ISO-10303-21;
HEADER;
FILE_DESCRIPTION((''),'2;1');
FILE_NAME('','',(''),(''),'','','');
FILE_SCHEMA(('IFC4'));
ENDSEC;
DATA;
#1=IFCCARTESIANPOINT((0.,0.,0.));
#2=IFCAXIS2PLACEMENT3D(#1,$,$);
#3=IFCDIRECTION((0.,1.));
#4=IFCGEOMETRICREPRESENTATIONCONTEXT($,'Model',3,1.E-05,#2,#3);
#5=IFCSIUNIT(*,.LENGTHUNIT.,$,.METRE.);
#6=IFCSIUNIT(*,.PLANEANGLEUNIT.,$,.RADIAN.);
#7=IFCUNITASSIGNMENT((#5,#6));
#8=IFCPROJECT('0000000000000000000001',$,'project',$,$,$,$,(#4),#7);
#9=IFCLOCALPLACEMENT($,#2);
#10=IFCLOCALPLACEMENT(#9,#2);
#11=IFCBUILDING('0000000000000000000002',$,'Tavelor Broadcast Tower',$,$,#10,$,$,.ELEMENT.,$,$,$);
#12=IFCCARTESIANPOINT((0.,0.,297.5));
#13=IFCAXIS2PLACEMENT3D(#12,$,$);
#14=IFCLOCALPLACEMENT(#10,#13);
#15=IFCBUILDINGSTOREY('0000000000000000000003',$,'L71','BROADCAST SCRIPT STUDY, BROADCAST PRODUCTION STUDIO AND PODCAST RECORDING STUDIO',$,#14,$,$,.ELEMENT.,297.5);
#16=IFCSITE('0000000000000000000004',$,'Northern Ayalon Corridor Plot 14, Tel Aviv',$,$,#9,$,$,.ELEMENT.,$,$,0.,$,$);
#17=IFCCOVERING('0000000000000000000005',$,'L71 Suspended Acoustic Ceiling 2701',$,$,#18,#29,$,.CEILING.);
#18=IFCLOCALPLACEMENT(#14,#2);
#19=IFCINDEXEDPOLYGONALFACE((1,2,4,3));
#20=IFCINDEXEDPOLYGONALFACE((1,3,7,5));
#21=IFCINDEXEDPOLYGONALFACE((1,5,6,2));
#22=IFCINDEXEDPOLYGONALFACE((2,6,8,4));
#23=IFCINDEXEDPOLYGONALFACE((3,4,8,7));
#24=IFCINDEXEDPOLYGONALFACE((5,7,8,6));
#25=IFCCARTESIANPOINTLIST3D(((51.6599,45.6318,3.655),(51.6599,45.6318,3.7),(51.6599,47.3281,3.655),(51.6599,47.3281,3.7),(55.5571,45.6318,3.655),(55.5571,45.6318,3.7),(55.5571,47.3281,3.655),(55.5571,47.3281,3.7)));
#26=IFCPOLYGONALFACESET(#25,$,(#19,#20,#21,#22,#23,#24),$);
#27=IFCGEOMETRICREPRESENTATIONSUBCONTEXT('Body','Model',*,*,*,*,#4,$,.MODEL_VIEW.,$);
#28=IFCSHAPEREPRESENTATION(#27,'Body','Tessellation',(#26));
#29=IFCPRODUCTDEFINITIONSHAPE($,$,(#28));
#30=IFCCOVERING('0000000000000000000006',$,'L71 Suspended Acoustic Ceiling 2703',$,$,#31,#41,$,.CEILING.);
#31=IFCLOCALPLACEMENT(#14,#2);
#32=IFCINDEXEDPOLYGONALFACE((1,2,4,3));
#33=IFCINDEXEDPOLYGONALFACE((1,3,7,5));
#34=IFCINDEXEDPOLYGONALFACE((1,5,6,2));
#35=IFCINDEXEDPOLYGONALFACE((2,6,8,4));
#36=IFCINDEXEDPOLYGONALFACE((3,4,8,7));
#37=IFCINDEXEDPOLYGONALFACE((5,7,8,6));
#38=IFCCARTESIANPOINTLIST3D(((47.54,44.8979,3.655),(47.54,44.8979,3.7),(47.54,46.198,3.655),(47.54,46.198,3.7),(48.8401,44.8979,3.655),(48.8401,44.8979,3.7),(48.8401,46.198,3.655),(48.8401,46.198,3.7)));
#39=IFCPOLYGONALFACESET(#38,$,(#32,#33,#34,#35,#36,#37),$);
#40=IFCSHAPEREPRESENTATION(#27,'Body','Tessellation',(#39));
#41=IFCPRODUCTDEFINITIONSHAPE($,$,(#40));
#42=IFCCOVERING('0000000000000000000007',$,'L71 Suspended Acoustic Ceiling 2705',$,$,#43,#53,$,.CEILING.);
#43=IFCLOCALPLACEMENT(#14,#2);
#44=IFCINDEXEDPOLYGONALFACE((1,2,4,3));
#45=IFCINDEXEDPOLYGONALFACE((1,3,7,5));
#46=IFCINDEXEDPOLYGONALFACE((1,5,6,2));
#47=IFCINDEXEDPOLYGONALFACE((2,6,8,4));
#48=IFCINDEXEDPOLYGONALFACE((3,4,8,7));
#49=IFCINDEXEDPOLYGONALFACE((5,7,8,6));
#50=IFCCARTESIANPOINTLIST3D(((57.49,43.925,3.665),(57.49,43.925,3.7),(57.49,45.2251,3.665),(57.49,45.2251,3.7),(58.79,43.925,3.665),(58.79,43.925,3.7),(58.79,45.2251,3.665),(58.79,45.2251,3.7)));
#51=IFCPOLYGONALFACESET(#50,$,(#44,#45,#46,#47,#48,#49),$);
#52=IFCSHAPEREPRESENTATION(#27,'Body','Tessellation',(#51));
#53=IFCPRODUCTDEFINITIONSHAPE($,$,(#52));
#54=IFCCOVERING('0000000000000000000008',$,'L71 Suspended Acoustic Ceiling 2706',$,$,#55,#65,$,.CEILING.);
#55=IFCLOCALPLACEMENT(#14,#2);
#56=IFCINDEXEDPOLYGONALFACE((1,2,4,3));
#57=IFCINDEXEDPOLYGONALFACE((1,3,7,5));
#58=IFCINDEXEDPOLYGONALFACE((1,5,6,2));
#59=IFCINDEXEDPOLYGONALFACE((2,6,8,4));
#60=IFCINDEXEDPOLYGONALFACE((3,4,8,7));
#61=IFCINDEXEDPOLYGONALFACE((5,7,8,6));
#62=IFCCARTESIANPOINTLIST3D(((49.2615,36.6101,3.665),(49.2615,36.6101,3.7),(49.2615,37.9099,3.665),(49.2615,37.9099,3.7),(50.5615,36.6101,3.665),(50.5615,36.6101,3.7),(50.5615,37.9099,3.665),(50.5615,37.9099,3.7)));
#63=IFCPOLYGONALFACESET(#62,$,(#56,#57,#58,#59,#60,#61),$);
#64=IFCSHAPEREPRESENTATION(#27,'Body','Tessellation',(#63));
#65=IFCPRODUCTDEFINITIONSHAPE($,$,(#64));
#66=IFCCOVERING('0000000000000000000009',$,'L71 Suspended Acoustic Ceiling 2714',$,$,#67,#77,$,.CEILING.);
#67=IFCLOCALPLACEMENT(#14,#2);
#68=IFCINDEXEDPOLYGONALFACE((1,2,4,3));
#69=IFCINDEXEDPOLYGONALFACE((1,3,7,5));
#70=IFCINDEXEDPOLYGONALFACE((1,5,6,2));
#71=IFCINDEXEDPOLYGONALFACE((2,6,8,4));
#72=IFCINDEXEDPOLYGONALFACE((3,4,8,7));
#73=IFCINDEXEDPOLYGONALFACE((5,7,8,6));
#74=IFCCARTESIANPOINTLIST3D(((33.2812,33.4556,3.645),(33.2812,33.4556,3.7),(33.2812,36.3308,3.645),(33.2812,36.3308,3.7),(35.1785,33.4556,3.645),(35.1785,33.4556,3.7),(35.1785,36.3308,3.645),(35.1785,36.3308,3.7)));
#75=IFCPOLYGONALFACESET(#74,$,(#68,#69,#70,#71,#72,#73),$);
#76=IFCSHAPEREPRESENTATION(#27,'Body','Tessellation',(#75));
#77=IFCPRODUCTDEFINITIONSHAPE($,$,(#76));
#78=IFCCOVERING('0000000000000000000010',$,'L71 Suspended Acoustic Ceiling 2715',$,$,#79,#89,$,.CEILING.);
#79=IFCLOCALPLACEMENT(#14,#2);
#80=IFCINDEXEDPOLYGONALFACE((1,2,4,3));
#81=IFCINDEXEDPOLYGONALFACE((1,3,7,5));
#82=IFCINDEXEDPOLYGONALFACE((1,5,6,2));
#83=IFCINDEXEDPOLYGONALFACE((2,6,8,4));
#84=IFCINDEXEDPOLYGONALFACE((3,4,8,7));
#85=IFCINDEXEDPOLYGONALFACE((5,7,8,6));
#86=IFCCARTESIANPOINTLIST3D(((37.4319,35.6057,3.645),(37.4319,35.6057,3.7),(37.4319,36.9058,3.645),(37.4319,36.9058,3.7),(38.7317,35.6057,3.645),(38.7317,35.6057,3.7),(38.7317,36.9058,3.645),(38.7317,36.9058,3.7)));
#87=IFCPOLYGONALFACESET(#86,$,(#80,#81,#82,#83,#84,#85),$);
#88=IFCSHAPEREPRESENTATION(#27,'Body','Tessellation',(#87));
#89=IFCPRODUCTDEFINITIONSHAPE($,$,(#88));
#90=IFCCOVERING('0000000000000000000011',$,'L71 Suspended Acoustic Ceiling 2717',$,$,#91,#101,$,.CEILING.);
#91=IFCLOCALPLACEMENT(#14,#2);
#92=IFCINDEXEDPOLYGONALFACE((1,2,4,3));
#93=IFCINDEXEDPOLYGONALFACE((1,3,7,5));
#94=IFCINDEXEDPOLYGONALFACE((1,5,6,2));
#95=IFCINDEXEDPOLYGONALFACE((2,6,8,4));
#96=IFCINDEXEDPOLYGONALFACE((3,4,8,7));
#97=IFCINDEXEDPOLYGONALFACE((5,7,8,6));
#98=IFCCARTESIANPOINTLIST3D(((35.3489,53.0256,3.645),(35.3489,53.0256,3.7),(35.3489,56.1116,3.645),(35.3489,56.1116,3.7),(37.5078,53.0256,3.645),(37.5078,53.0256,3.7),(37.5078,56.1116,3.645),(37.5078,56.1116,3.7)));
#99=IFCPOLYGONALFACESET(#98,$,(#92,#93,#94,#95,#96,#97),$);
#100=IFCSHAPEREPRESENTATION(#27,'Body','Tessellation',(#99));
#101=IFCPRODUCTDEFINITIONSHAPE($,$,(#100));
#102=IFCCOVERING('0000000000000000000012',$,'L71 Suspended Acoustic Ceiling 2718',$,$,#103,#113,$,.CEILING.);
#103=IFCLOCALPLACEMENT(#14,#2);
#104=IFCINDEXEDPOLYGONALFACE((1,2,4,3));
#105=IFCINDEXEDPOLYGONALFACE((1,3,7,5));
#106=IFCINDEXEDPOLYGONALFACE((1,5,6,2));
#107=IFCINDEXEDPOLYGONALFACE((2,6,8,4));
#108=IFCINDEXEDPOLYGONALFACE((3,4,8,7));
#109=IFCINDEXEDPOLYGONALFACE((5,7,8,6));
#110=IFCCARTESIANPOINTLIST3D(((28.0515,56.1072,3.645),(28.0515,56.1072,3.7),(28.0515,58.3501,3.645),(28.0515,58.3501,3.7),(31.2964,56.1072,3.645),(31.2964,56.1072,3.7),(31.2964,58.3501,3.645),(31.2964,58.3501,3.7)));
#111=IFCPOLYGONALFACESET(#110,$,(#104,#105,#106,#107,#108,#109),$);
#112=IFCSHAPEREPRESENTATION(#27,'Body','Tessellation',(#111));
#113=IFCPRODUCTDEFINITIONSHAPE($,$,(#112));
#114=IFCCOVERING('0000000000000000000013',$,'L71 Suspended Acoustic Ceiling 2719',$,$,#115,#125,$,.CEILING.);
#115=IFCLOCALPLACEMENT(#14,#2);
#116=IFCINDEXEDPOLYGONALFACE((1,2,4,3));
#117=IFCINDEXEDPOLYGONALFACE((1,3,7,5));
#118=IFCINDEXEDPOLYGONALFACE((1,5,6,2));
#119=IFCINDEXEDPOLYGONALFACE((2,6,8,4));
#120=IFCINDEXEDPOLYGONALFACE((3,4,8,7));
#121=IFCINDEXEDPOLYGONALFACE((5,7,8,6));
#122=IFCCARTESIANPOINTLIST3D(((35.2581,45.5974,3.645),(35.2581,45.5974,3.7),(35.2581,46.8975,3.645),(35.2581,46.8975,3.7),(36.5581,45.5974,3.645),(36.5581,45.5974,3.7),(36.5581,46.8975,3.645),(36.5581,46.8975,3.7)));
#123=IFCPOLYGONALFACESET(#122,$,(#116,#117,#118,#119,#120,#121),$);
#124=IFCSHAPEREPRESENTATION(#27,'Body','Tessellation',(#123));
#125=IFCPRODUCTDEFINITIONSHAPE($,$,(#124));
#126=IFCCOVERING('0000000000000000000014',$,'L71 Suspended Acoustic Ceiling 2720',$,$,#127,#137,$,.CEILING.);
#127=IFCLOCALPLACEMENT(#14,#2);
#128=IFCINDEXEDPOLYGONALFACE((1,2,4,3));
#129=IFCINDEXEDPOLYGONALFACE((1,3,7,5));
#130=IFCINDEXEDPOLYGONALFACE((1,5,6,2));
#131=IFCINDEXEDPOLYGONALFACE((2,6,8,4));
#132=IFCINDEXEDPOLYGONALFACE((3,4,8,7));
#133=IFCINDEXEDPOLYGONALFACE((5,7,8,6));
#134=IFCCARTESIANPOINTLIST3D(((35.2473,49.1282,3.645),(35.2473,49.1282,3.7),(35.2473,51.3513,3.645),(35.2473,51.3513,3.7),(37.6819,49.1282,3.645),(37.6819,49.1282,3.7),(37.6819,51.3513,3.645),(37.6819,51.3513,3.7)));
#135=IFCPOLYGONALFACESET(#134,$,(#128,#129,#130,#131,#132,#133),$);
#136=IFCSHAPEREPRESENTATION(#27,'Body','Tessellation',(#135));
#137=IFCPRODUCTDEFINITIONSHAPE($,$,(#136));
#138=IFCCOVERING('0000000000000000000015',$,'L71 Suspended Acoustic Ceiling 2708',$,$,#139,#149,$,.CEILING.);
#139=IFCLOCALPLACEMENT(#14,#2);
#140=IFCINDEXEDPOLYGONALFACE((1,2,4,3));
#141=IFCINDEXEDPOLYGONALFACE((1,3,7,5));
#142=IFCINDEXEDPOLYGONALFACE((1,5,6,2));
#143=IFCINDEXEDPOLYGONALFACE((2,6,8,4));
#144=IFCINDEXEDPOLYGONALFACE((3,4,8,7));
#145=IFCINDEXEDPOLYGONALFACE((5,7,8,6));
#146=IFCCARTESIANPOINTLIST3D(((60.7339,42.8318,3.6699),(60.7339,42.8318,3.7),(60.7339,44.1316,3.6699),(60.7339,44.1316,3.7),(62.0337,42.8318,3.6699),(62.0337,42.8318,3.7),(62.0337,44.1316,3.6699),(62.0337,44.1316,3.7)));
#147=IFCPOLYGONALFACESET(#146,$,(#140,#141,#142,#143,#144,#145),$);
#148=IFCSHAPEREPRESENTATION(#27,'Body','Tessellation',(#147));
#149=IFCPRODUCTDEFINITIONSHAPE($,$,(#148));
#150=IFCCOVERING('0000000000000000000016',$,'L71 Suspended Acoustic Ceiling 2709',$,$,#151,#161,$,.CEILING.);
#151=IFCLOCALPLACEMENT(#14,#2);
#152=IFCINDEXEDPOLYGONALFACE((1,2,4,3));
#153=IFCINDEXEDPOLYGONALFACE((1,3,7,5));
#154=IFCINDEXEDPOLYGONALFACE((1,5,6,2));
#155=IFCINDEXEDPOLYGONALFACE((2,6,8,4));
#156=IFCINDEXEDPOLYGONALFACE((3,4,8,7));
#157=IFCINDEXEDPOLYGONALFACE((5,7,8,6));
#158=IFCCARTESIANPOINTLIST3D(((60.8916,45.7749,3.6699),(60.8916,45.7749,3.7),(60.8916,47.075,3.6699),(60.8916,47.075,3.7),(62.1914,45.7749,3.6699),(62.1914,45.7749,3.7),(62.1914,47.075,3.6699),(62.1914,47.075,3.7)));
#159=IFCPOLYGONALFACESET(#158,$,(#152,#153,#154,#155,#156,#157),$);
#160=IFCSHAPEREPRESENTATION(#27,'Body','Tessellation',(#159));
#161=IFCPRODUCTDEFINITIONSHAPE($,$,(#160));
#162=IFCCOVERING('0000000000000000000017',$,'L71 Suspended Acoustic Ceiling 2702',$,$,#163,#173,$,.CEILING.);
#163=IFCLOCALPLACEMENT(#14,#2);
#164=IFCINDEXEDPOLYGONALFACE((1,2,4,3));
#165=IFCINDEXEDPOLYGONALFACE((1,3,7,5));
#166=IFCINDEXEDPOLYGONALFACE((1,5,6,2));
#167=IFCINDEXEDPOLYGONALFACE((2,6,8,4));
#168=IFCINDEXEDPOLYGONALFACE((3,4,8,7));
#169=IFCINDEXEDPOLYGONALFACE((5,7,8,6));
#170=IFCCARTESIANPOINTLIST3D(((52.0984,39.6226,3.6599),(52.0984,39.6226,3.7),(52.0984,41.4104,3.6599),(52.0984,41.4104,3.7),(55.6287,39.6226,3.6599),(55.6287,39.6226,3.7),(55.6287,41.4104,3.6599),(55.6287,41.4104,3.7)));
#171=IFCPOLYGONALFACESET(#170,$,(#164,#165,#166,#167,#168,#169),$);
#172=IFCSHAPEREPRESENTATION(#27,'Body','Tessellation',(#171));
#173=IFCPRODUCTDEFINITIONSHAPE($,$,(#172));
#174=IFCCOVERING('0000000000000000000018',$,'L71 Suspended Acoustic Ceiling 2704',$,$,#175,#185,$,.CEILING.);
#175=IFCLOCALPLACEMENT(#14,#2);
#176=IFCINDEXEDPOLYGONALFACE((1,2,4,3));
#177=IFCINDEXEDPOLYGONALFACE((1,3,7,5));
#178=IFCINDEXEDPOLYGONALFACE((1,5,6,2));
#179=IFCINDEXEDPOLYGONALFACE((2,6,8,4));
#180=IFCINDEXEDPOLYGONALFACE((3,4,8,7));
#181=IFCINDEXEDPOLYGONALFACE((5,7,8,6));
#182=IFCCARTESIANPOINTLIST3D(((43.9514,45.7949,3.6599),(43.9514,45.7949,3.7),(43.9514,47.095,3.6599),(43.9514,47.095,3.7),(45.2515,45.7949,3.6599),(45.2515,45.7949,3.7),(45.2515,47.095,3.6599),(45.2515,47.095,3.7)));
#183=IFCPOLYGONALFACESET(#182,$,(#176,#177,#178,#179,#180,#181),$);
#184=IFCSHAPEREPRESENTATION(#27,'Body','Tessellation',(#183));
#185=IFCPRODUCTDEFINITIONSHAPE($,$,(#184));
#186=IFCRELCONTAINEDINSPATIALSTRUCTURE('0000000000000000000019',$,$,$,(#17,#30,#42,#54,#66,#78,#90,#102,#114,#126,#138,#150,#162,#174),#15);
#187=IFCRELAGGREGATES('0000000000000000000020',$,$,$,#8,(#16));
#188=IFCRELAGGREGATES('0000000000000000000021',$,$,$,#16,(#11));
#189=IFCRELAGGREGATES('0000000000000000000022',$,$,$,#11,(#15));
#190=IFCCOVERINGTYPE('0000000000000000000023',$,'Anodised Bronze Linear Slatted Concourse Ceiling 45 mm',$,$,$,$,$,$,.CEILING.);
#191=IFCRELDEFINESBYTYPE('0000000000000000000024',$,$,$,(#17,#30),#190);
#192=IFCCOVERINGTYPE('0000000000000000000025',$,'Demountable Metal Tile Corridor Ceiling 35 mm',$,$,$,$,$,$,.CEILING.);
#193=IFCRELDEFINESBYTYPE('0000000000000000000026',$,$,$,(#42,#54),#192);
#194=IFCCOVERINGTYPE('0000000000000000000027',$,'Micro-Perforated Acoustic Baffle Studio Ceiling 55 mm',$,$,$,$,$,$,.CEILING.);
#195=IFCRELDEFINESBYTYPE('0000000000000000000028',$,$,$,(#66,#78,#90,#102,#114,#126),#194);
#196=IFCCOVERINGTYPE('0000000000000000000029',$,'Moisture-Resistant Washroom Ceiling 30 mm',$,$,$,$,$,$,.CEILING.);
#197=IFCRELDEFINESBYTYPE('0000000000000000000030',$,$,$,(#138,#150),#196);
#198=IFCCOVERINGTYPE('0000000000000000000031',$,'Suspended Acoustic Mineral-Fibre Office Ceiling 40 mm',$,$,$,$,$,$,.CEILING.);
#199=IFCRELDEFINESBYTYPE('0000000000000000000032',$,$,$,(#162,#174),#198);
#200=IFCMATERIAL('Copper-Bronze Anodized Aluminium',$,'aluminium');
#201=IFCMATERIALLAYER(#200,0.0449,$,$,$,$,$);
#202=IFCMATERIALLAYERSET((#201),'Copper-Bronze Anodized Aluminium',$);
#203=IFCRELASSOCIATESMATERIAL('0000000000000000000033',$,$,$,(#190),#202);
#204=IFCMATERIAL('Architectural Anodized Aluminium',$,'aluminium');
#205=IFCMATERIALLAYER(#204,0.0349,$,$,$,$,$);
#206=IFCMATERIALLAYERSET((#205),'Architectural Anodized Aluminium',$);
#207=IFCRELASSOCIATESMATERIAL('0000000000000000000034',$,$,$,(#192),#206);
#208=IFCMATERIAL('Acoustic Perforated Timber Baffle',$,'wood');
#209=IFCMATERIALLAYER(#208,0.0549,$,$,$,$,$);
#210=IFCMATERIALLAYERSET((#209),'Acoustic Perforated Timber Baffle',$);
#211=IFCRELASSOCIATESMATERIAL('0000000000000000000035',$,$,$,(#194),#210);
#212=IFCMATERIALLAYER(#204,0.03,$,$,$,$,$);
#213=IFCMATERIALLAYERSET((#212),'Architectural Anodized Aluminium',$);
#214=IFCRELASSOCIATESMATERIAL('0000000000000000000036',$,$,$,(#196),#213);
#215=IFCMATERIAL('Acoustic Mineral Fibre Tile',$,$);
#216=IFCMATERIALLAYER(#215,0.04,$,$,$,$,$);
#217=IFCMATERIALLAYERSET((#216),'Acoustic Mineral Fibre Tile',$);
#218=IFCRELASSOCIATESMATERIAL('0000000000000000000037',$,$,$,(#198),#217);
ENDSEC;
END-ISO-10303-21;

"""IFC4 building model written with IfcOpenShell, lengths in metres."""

from ifc_helpers import new_model, si_unit, direction, frame, origin, place, context, subcontext, project, spatial, polyline, outline, extrude, material, layer, layer_set, type_object, element, save


model = new_model("IFC4")

# Units and contexts
model_context = context("Model", 3, precision=1e-05, world=origin(), true_north=direction((0.0, 1.0)))
body_context = subcontext(model_context, "Body", "Model", "MODEL_VIEW")
ifc_project = project(units=[si_unit("LENGTHUNIT", "METRE"), si_unit("PLANEANGLEUNIT", "RADIAN")], contexts=[model_context])

# Site, building, storey
site_placement = place(None, origin())
site = spatial("IfcSite", under=ifc_project, at=site_placement, Name="Northern Ayalon Corridor Plot 14, Tel Aviv", CompositionType="ELEMENT", RefElevation=0.0)
building_placement = place(site_placement, origin())
building = spatial("IfcBuilding", under=site, at=building_placement, Name="Tavelor Broadcast Tower", CompositionType="ELEMENT")
storey_placement = place(building_placement, frame((0.0, 0.0, 297.5)))
storey = spatial("IfcBuildingStorey", under=building, at=storey_placement, Name="L71", Description="BROADCAST SCRIPT STUDY, BROADCAST PRODUCTION STUDIO AND PODCAST RECORDING STUDIO", CompositionType="ELEMENT", Elevation=297.5)

# Coverings
ifc_material_1 = material(Name="Copper-Bronze Anodized Aluminium", Category="aluminium")
ifc_layer_1 = layer(ifc_material_1, 0.0449)
ifc_layer_set_1 = layer_set([ifc_layer_1], Name="Copper-Bronze Anodized Aluminium")
covering_type_1 = type_object("IfcCoveringType", Name="Anodised Bronze Linear Slatted Concourse Ceiling 45 mm", PredefinedType="CEILING", material=ifc_layer_set_1)
covering_1_placement = place(storey_placement, frame((0.0, 0.0, 3.655)))
element("IfcCovering", 1, at=covering_1_placement, inside=storey, type_object=covering_type_1, Name="L71 Suspended Acoustic Ceiling 2701", PredefinedType="CEILING", context=body_context, shape_type="SweptSolid", body=[
    extrude(outline(polyline([(51.6599, 45.6318), (55.5571, 45.6318), (55.5571, 47.3281), (51.6599, 47.3281), (51.6599, 45.6318)])), origin(), (0.0, 0.0, 1.0), 0.0449),
])
covering_2_placement = place(storey_placement, frame((0.0, 0.0, 3.655)))
element("IfcCovering", 2, at=covering_2_placement, inside=storey, type_object=covering_type_1, Name="L71 Suspended Acoustic Ceiling 2703", PredefinedType="CEILING", context=body_context, shape_type="SweptSolid", body=[
    extrude(outline(polyline([(47.54, 44.8979), (48.8401, 44.8979), (48.8401, 46.198), (47.54, 46.198), (47.54, 44.8979)])), origin(), (0.0, 0.0, 1.0), 0.0449),
])
ifc_material_2 = material(Name="Architectural Anodized Aluminium", Category="aluminium")
ifc_layer_2 = layer(ifc_material_2, 0.0349)
ifc_layer_set_2 = layer_set([ifc_layer_2], Name="Architectural Anodized Aluminium")
covering_type_2 = type_object("IfcCoveringType", Name="Demountable Metal Tile Corridor Ceiling 35 mm", PredefinedType="CEILING", material=ifc_layer_set_2)
covering_3_placement = place(storey_placement, frame((0.0, 0.0, 3.665)))
element("IfcCovering", 3, at=covering_3_placement, inside=storey, type_object=covering_type_2, Name="L71 Suspended Acoustic Ceiling 2705", PredefinedType="CEILING", context=body_context, shape_type="SweptSolid", body=[
    extrude(outline(polyline([(57.49, 43.925), (58.79, 43.925), (58.79, 45.2251), (57.49, 45.2251), (57.49, 43.925)])), origin(), (0.0, 0.0, 1.0), 0.0349),
])
covering_4_placement = place(storey_placement, frame((0.0, 0.0, 3.665)))
element("IfcCovering", 4, at=covering_4_placement, inside=storey, type_object=covering_type_2, Name="L71 Suspended Acoustic Ceiling 2706", PredefinedType="CEILING", context=body_context, shape_type="SweptSolid", body=[
    extrude(outline(polyline([(49.2615, 36.6101), (50.5615, 36.6101), (50.5615, 37.9099), (49.2615, 37.9099), (49.2615, 36.6101)])), origin(), (0.0, 0.0, 1.0), 0.0349),
])
ifc_material_3 = material(Name="Acoustic Perforated Timber Baffle", Category="wood")
ifc_layer_3 = layer(ifc_material_3, 0.0549)
ifc_layer_set_3 = layer_set([ifc_layer_3], Name="Acoustic Perforated Timber Baffle")
covering_type_3 = type_object("IfcCoveringType", Name="Micro-Perforated Acoustic Baffle Studio Ceiling 55 mm", PredefinedType="CEILING", material=ifc_layer_set_3)
covering_5_placement = place(storey_placement, frame((0.0, 0.0, 3.645)))
element("IfcCovering", 5, at=covering_5_placement, inside=storey, type_object=covering_type_3, Name="L71 Suspended Acoustic Ceiling 2714", PredefinedType="CEILING", context=body_context, shape_type="SweptSolid", body=[
    extrude(outline(polyline([(33.2812, 33.4556), (35.1785, 33.4556), (35.1785, 36.3308), (33.2812, 36.3308), (33.2812, 33.4556)])), origin(), (0.0, 0.0, 1.0), 0.0549),
])
covering_6_placement = place(storey_placement, frame((0.0, 0.0, 3.645)))
element("IfcCovering", 6, at=covering_6_placement, inside=storey, type_object=covering_type_3, Name="L71 Suspended Acoustic Ceiling 2715", PredefinedType="CEILING", context=body_context, shape_type="SweptSolid", body=[
    extrude(outline(polyline([(37.4319, 35.6057), (38.7317, 35.6057), (38.7317, 36.9058), (37.4319, 36.9058), (37.4319, 35.6057)])), origin(), (0.0, 0.0, 1.0), 0.0549),
])
covering_7_placement = place(storey_placement, frame((0.0, 0.0, 3.645)))
element("IfcCovering", 7, at=covering_7_placement, inside=storey, type_object=covering_type_3, Name="L71 Suspended Acoustic Ceiling 2717", PredefinedType="CEILING", context=body_context, shape_type="SweptSolid", body=[
    extrude(outline(polyline([(35.3489, 53.0256), (37.5078, 53.0256), (37.5078, 56.1116), (35.3489, 56.1116), (35.3489, 53.0256)])), origin(), (0.0, 0.0, 1.0), 0.0549),
])
covering_8_placement = place(storey_placement, frame((0.0, 0.0, 3.645)))
element("IfcCovering", 8, at=covering_8_placement, inside=storey, type_object=covering_type_3, Name="L71 Suspended Acoustic Ceiling 2718", PredefinedType="CEILING", context=body_context, shape_type="SweptSolid", body=[
    extrude(outline(polyline([(28.0515, 56.1072), (31.2964, 56.1072), (31.2964, 58.3501), (28.0515, 58.3501), (28.0515, 56.1072)])), origin(), (0.0, 0.0, 1.0), 0.0549),
])
covering_9_placement = place(storey_placement, frame((0.0, 0.0, 3.645)))
element("IfcCovering", 9, at=covering_9_placement, inside=storey, type_object=covering_type_3, Name="L71 Suspended Acoustic Ceiling 2719", PredefinedType="CEILING", context=body_context, shape_type="SweptSolid", body=[
    extrude(outline(polyline([(35.2581, 45.5974), (36.5581, 45.5974), (36.5581, 46.8975), (35.2581, 46.8975), (35.2581, 45.5974)])), origin(), (0.0, 0.0, 1.0), 0.0549),
])
covering_10_placement = place(storey_placement, frame((0.0, 0.0, 3.645)))
element("IfcCovering", 10, at=covering_10_placement, inside=storey, type_object=covering_type_3, Name="L71 Suspended Acoustic Ceiling 2720", PredefinedType="CEILING", context=body_context, shape_type="SweptSolid", body=[
    extrude(outline(polyline([(35.2473, 49.1282), (37.6819, 49.1282), (37.6819, 51.3513), (35.2473, 51.3513), (35.2473, 49.1282)])), origin(), (0.0, 0.0, 1.0), 0.0549),
])
ifc_layer_4 = layer(ifc_material_2, 0.03)
ifc_layer_set_4 = layer_set([ifc_layer_4], Name="Architectural Anodized Aluminium")
covering_type_4 = type_object("IfcCoveringType", Name="Moisture-Resistant Washroom Ceiling 30 mm", PredefinedType="CEILING", material=ifc_layer_set_4)
covering_11_placement = place(storey_placement, frame((0.0, 0.0, 3.6699)))
element("IfcCovering", 11, at=covering_11_placement, inside=storey, type_object=covering_type_4, Name="L71 Suspended Acoustic Ceiling 2708", PredefinedType="CEILING", context=body_context, shape_type="SweptSolid", body=[
    extrude(outline(polyline([(60.7339, 42.8318), (62.0337, 42.8318), (62.0337, 44.1316), (60.7339, 44.1316), (60.7339, 42.8318)])), origin(), (0.0, 0.0, 1.0), 0.03),
])
covering_12_placement = place(storey_placement, frame((0.0, 0.0, 3.6699)))
element("IfcCovering", 12, at=covering_12_placement, inside=storey, type_object=covering_type_4, Name="L71 Suspended Acoustic Ceiling 2709", PredefinedType="CEILING", context=body_context, shape_type="SweptSolid", body=[
    extrude(outline(polyline([(60.8916, 45.7749), (62.1914, 45.7749), (62.1914, 47.075), (60.8916, 47.075), (60.8916, 45.7749)])), origin(), (0.0, 0.0, 1.0), 0.03),
])
ifc_material_4 = material(Name="Acoustic Mineral Fibre Tile")
ifc_layer_5 = layer(ifc_material_4, 0.04)
ifc_layer_set_5 = layer_set([ifc_layer_5], Name="Acoustic Mineral Fibre Tile")
covering_type_5 = type_object("IfcCoveringType", Name="Suspended Acoustic Mineral-Fibre Office Ceiling 40 mm", PredefinedType="CEILING", material=ifc_layer_set_5)
covering_13_placement = place(storey_placement, frame((0.0, 0.0, 3.6599)))
element("IfcCovering", 13, at=covering_13_placement, inside=storey, type_object=covering_type_5, Name="L71 Suspended Acoustic Ceiling 2702", PredefinedType="CEILING", context=body_context, shape_type="SweptSolid", body=[
    extrude(outline(polyline([(52.0984, 39.6226), (55.6287, 39.6226), (55.6287, 41.4104), (52.0984, 41.4104), (52.0984, 39.6226)])), origin(), (0.0, 0.0, 1.0), 0.04),
])
covering_14_placement = place(storey_placement, frame((0.0, 0.0, 3.6599)))
element("IfcCovering", 14, at=covering_14_placement, inside=storey, type_object=covering_type_5, Name="L71 Suspended Acoustic Ceiling 2704", PredefinedType="CEILING", context=body_context, shape_type="SweptSolid", body=[
    extrude(outline(polyline([(43.9514, 45.7949), (45.2515, 45.7949), (45.2515, 47.095), (43.9514, 47.095), (43.9514, 45.7949)])), origin(), (0.0, 0.0, 1.0), 0.04),
])

save(model, "model.ifc")
